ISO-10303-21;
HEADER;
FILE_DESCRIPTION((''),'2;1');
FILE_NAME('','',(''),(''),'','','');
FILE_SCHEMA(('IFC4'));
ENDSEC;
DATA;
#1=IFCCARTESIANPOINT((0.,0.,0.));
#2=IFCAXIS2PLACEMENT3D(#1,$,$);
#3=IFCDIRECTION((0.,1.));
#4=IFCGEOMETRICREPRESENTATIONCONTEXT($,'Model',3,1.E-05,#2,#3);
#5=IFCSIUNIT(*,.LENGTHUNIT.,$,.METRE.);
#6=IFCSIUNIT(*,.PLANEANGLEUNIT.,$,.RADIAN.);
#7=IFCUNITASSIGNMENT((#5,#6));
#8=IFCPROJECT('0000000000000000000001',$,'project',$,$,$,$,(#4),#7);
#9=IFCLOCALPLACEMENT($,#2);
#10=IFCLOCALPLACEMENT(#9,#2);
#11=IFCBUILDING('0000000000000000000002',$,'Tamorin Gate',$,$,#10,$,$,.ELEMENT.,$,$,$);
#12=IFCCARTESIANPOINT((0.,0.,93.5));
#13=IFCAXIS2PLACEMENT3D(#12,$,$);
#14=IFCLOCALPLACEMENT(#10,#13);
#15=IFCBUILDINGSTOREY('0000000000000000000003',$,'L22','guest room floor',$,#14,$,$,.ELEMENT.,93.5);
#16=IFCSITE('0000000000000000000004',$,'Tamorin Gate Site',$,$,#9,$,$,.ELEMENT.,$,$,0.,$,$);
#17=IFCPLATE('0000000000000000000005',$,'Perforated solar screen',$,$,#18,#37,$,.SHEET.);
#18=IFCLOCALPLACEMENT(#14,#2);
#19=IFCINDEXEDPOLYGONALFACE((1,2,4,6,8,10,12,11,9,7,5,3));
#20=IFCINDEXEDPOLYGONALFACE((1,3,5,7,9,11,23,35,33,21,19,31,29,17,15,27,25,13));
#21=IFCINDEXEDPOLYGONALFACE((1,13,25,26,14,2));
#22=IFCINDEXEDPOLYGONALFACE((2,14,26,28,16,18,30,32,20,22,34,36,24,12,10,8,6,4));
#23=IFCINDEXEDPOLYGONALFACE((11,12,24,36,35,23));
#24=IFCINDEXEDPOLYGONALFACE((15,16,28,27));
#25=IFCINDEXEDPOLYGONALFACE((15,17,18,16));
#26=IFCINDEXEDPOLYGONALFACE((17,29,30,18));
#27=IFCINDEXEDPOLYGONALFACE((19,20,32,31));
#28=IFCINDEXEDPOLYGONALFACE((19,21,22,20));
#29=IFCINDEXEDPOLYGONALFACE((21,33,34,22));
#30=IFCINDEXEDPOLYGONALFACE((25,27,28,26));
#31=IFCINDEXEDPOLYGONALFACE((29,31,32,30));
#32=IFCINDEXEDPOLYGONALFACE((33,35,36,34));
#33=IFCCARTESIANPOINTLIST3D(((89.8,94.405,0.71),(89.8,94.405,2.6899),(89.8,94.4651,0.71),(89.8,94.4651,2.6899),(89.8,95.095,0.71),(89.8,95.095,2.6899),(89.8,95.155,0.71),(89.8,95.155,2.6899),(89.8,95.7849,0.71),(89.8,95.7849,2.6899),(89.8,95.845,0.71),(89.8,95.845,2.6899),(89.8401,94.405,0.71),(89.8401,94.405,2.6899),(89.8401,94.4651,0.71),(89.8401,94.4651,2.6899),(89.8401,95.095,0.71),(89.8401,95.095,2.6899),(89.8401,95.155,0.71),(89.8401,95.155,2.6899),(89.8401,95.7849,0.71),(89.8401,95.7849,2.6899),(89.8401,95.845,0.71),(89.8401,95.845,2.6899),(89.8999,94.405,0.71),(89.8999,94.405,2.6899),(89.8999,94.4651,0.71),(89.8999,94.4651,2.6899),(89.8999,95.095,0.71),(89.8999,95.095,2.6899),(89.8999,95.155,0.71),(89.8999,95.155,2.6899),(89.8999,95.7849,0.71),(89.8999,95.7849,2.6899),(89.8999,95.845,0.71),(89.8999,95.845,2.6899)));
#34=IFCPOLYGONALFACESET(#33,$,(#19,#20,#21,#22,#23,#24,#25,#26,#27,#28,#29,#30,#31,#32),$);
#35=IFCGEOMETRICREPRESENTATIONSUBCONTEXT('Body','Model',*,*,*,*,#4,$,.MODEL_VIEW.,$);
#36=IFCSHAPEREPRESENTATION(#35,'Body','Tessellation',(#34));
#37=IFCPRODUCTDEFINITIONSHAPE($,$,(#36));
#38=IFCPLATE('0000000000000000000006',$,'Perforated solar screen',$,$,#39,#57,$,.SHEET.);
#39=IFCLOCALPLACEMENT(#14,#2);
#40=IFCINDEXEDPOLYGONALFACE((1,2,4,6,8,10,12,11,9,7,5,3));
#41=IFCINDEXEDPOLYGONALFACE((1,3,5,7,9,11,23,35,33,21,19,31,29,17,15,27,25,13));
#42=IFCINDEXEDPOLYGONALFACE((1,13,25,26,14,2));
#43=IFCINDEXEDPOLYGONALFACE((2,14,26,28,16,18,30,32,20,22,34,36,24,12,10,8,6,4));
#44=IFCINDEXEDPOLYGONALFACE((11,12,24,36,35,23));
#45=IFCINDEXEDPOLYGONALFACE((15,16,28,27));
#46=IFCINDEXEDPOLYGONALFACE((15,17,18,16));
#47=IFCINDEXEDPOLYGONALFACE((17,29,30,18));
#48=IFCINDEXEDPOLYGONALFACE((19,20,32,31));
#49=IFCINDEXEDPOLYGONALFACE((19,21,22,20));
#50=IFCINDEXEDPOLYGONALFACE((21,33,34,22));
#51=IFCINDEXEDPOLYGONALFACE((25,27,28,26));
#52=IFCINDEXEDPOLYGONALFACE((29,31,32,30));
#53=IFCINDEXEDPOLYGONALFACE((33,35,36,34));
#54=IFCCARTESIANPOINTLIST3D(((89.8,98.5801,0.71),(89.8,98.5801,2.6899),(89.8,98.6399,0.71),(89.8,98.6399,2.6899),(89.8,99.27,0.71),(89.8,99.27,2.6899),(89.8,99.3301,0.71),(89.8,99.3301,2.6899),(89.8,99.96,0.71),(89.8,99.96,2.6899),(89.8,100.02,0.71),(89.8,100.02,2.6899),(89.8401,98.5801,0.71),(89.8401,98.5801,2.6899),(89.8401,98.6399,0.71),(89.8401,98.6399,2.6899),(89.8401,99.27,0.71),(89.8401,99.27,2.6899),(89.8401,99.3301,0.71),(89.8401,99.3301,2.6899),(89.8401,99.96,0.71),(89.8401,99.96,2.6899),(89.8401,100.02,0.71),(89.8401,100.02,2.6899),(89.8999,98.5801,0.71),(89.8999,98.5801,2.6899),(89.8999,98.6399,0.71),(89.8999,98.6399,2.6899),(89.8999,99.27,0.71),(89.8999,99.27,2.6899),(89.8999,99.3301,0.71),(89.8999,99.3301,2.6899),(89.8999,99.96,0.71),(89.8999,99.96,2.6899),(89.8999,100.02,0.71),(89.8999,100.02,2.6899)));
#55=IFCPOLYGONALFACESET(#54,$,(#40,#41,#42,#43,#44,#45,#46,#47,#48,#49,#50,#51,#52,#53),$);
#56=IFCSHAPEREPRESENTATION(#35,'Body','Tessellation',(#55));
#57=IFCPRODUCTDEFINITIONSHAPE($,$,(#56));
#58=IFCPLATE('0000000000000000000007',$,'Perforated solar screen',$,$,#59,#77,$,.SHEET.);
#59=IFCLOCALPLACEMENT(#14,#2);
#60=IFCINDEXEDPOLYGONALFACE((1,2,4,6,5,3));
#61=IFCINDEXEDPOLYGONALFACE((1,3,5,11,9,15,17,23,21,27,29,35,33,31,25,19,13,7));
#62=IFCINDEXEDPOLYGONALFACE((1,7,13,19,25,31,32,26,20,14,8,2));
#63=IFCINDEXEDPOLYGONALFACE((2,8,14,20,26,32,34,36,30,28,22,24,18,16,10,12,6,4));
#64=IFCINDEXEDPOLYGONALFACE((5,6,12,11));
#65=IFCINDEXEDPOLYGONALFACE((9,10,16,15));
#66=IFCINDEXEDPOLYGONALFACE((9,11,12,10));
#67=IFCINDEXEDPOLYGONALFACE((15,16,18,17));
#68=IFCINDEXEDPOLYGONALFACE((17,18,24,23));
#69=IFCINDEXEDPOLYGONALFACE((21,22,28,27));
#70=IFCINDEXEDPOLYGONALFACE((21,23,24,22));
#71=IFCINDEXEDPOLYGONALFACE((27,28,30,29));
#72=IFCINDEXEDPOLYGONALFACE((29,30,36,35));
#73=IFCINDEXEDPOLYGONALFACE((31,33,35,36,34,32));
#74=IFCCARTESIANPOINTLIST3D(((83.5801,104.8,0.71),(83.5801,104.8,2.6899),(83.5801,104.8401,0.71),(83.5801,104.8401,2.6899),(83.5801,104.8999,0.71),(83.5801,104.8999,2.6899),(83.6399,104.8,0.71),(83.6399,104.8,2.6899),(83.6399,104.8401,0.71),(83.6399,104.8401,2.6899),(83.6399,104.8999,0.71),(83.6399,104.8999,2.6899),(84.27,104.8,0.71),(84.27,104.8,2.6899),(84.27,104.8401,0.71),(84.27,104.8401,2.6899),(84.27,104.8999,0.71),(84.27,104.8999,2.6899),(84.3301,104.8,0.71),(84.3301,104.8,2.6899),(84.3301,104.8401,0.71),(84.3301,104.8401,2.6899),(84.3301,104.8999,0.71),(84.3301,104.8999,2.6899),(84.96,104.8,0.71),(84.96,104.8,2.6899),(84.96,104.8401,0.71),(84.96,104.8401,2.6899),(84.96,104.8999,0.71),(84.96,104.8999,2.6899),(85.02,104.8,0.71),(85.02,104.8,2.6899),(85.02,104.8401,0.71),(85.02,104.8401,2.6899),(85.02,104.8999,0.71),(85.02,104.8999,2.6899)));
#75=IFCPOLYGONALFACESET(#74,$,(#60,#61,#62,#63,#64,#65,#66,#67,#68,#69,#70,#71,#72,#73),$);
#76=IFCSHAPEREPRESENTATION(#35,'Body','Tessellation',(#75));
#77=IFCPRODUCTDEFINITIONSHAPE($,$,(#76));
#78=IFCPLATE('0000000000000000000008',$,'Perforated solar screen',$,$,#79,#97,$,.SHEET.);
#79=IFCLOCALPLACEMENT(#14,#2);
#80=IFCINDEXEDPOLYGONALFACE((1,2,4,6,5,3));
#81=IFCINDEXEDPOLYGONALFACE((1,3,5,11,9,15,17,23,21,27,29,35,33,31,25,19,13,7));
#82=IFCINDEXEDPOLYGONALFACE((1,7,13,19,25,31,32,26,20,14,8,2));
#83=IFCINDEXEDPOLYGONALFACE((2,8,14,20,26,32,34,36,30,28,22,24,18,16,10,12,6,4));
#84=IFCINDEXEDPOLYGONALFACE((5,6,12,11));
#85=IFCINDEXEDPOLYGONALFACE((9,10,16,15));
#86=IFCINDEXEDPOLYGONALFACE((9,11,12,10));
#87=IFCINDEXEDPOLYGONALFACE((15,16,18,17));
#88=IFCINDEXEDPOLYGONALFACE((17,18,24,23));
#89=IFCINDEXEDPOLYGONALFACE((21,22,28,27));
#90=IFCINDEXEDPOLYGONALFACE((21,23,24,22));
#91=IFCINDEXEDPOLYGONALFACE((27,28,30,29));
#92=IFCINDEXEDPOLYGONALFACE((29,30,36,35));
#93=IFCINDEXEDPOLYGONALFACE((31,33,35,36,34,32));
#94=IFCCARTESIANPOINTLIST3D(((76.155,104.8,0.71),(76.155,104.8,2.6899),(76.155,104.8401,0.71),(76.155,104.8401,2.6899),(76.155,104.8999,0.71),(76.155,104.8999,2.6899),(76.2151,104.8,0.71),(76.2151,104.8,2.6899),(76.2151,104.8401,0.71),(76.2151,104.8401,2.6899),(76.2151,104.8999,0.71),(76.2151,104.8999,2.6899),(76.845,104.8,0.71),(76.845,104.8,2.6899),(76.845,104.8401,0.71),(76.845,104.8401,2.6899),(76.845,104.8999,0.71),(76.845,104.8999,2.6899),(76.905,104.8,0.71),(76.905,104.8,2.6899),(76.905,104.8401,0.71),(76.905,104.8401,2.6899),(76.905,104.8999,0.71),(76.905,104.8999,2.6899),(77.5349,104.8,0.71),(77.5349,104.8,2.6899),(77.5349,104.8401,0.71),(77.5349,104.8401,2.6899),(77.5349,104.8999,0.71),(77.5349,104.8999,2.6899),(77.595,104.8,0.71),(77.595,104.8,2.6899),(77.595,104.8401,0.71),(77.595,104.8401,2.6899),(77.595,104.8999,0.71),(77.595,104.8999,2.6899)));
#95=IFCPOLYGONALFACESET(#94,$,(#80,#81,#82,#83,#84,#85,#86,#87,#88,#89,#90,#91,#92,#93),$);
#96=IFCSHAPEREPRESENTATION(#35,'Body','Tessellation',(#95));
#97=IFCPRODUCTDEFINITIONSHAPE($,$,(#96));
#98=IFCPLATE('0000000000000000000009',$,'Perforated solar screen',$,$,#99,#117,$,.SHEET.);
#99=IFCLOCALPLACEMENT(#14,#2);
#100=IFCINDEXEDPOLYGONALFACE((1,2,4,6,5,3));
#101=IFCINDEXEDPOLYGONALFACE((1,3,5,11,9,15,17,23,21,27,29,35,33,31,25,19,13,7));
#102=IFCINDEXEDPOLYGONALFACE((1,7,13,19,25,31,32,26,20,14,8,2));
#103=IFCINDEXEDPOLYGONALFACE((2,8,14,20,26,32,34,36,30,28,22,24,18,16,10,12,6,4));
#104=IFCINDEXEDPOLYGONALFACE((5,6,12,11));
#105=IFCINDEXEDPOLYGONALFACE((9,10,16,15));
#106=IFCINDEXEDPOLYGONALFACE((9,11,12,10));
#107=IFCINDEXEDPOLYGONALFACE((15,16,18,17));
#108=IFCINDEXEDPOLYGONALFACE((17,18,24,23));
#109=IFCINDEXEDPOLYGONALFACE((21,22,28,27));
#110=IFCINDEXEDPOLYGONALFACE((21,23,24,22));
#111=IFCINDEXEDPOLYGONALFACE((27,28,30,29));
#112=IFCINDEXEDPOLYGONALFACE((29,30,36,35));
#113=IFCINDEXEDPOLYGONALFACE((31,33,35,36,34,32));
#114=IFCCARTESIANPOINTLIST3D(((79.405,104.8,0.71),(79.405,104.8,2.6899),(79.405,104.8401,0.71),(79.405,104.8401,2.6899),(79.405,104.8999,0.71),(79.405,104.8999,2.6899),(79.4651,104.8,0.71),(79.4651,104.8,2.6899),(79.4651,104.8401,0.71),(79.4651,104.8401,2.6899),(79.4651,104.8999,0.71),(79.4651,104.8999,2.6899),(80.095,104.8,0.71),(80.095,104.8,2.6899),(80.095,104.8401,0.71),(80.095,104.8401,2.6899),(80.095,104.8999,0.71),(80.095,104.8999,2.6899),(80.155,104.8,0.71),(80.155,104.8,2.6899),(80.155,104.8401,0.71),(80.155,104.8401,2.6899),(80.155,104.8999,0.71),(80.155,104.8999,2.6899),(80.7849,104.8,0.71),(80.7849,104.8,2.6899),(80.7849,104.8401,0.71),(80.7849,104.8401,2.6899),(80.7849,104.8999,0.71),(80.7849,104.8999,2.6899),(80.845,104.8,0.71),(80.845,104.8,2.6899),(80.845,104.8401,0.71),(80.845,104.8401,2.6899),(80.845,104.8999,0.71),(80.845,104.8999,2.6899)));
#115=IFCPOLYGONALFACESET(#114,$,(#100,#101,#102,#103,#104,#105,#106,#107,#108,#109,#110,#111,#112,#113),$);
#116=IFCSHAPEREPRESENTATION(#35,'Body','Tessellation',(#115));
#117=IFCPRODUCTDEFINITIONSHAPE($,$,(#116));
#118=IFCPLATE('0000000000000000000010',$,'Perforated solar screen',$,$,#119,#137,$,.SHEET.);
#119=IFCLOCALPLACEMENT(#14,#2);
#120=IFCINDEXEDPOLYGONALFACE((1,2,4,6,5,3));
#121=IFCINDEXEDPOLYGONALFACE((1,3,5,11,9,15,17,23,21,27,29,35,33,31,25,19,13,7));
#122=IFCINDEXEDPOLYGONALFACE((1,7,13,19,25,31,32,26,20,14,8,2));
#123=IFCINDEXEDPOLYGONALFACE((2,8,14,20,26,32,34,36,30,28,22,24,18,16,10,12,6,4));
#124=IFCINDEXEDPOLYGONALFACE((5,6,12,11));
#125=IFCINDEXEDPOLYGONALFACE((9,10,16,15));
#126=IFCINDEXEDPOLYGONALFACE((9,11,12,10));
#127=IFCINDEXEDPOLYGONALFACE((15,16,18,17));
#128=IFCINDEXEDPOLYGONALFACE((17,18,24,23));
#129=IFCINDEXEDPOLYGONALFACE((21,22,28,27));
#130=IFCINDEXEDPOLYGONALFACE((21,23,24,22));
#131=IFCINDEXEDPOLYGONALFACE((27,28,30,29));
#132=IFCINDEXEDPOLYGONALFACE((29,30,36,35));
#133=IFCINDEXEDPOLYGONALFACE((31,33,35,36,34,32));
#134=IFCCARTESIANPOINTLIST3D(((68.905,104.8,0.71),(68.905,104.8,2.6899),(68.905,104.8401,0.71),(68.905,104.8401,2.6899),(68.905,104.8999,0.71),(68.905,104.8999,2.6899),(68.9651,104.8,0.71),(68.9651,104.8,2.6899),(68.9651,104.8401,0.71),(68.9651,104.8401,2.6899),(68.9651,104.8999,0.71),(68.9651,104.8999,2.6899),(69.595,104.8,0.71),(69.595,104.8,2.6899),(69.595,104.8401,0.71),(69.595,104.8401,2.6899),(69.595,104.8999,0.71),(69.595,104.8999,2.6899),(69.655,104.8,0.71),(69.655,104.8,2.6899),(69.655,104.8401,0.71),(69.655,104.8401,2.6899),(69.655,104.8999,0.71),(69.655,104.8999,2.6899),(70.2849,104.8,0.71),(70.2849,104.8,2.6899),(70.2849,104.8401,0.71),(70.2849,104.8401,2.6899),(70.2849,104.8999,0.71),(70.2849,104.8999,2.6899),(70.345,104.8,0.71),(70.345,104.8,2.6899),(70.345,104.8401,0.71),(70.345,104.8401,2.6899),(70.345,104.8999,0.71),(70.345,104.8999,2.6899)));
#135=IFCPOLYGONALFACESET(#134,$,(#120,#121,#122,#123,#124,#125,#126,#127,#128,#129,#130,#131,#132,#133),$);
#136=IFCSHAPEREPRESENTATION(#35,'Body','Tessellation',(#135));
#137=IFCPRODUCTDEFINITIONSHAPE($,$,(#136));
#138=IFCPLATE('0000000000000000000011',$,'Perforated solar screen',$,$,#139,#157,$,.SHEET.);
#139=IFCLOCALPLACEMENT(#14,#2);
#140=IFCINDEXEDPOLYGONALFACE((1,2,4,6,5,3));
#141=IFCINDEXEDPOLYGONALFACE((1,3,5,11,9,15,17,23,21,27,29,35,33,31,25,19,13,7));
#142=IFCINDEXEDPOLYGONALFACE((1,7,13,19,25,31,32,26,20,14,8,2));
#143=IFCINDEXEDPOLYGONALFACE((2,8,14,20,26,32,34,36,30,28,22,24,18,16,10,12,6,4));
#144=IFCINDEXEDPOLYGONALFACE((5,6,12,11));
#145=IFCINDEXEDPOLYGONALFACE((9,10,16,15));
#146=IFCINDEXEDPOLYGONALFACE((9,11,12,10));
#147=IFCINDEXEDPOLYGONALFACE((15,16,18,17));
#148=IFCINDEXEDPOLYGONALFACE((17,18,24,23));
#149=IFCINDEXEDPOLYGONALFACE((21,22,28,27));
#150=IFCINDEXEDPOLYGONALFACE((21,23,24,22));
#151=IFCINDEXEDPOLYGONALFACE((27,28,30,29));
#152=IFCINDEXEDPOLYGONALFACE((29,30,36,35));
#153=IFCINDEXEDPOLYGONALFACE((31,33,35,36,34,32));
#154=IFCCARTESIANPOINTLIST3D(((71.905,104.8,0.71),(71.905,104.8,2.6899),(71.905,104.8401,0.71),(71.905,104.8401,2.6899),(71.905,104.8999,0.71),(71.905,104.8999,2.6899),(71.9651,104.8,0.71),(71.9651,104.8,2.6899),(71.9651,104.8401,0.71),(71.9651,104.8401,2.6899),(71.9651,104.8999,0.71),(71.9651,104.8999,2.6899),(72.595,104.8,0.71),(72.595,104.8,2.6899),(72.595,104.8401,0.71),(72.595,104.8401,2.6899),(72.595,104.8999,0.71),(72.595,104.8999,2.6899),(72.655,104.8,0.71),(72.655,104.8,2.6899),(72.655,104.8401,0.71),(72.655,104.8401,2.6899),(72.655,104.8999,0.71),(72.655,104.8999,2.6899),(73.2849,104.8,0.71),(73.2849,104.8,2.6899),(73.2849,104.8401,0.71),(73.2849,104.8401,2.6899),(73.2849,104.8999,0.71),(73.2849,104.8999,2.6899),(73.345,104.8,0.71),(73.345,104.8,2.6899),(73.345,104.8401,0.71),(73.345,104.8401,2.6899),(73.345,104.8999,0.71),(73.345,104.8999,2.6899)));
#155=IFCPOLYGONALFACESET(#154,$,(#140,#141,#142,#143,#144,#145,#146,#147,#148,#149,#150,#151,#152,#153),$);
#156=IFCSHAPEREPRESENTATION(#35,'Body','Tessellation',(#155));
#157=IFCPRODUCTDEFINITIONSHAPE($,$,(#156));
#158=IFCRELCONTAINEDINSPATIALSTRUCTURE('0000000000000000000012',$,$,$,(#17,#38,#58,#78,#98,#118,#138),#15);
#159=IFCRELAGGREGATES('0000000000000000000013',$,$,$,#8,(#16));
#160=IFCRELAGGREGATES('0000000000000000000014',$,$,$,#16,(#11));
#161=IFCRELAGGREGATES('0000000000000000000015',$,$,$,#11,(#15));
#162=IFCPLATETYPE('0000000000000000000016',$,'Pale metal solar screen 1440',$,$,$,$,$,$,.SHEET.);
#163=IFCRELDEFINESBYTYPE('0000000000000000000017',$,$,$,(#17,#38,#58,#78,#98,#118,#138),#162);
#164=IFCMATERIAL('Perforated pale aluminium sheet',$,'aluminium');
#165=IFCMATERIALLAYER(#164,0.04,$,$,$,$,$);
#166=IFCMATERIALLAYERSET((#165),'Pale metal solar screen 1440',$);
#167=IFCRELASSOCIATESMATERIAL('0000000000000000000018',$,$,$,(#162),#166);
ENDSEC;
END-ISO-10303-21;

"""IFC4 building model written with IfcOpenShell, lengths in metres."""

from ifc_helpers import new_model, si_unit, direction, frame, origin, place, context, subcontext, project, spatial, polyline, outline, extrude, material, layer, layer_set, type_object, element, save


model = new_model("IFC4")

# Units and contexts
model_context = context("Model", 3, precision=1e-05, world=origin(), true_north=direction((0.0, 1.0)))
body_context = subcontext(model_context, "Body", "Model", "MODEL_VIEW")
ifc_project = project(units=[si_unit("LENGTHUNIT", "METRE"), si_unit("PLANEANGLEUNIT", "RADIAN")], contexts=[model_context])

# Site, building, storey
site_placement = place(None, origin())
site = spatial("IfcSite", under=ifc_project, at=site_placement, Name="Tamorin Gate Site", CompositionType="ELEMENT", RefElevation=0.0)
building_placement = place(site_placement, origin())
building = spatial("IfcBuilding", under=site, at=building_placement, Name="Tamorin Gate", CompositionType="ELEMENT")
storey_placement = place(building_placement, frame((0.0, 0.0, 93.5)))
storey = spatial("IfcBuildingStorey", under=building, at=storey_placement, Name="L22", Description="guest room floor", CompositionType="ELEMENT", Elevation=93.5)

# Plates
ifc_material = material(Name="Perforated pale aluminium sheet", Category="aluminium")
ifc_layer = layer(ifc_material, 0.04)
ifc_layer_set = layer_set([ifc_layer], Name="Pale metal solar screen 1440")
plate_type = type_object("IfcPlateType", Name="Pale metal solar screen 1440", PredefinedType="SHEET", material=ifc_layer_set)
plate_1_placement = place(storey_placement, frame((0.0, 0.0, 0.71)))
element("IfcPlate", 1, at=plate_1_placement, inside=storey, type_object=plate_type, Name="Perforated solar screen", PredefinedType="SHEET", context=body_context, shape_type="SweptSolid", body=[
    extrude(outline(polyline([(89.8401, 94.405), (89.8, 94.405), (89.8, 94.4651), (89.8, 95.095), (89.8, 95.155), (89.8, 95.7849), (89.8, 95.845), (89.8401, 95.845), (89.8999, 95.845), (89.8999, 95.7849), (89.8401, 95.7849), (89.8401, 95.155), (89.8999, 95.155), (89.8999, 95.095), (89.8401, 95.095), (89.8401, 94.4651), (89.8999, 94.4651), (89.8999, 94.405), (89.8401, 94.405)])), origin(), (0.0, 0.0, 1.0), 1.98),
])
plate_2_placement = place(storey_placement, frame((0.0, 0.0, 0.71)))
element("IfcPlate", 2, at=plate_2_placement, inside=storey, type_object=plate_type, Name="Perforated solar screen", PredefinedType="SHEET", context=body_context, shape_type="SweptSolid", body=[
    extrude(outline(polyline([(89.8401, 98.5801), (89.8, 98.5801), (89.8, 98.6399), (89.8, 99.27), (89.8, 99.3301), (89.8, 99.96), (89.8, 100.02), (89.8401, 100.02), (89.8999, 100.02), (89.8999, 99.96), (89.8401, 99.96), (89.8401, 99.3301), (89.8999, 99.3301), (89.8999, 99.27), (89.8401, 99.27), (89.8401, 98.6399), (89.8999, 98.6399), (89.8999, 98.5801), (89.8401, 98.5801)])), origin(), (0.0, 0.0, 1.0), 1.98),
])
plate_3_placement = place(storey_placement, frame((0.0, 0.0, 0.71)))
element("IfcPlate", 3, at=plate_3_placement, inside=storey, type_object=plate_type, Name="Perforated solar screen", PredefinedType="SHEET", context=body_context, shape_type="SweptSolid", body=[
    extrude(outline(polyline([(85.02, 104.8401), (85.02, 104.8), (84.96, 104.8), (84.3301, 104.8), (84.27, 104.8), (83.6399, 104.8), (83.5801, 104.8), (83.5801, 104.8401), (83.5801, 104.8999), (83.6399, 104.8999), (83.6399, 104.8401), (84.27, 104.8401), (84.27, 104.8999), (84.3301, 104.8999), (84.3301, 104.8401), (84.96, 104.8401), (84.96, 104.8999), (85.02, 104.8999), (85.02, 104.8401)])), origin(), (0.0, 0.0, 1.0), 1.98),
])
plate_4_placement = place(storey_placement, frame((0.0, 0.0, 0.71)))
element("IfcPlate", 4, at=plate_4_placement, inside=storey, type_object=plate_type, Name="Perforated solar screen", PredefinedType="SHEET", context=body_context, shape_type="SweptSolid", body=[
    extrude(outline(polyline([(77.595, 104.8401), (77.595, 104.8), (77.5349, 104.8), (76.905, 104.8), (76.845, 104.8), (76.2151, 104.8), (76.155, 104.8), (76.155, 104.8401), (76.155, 104.8999), (76.2151, 104.8999), (76.2151, 104.8401), (76.845, 104.8401), (76.845, 104.8999), (76.905, 104.8999), (76.905, 104.8401), (77.5349, 104.8401), (77.5349, 104.8999), (77.595, 104.8999), (77.595, 104.8401)])), origin(), (0.0, 0.0, 1.0), 1.98),
])
plate_5_placement = place(storey_placement, frame((0.0, 0.0, 0.71)))
element("IfcPlate", 5, at=plate_5_placement, inside=storey, type_object=plate_type, Name="Perforated solar screen", PredefinedType="SHEET", context=body_context, shape_type="SweptSolid", body=[
    extrude(outline(polyline([(80.845, 104.8401), (80.845, 104.8), (80.7849, 104.8), (80.155, 104.8), (80.095, 104.8), (79.4651, 104.8), (79.405, 104.8), (79.405, 104.8), (79.405, 104.8401), (79.405, 104.8401), (79.405, 104.8999), (79.4651, 104.8999), (79.4651, 104.8401), (80.095, 104.8401), (80.095, 104.8999), (80.155, 104.8999), (80.155, 104.8401), (80.7849, 104.8401), (80.7849, 104.8999), (80.845, 104.8999), (80.845, 104.8401)])), origin(), (0.0, 0.0, 1.0), 1.98),
])
plate_6_placement = place(storey_placement, frame((0.0, 0.0, 0.71)))
element("IfcPlate", 6, at=plate_6_placement, inside=storey, type_object=plate_type, Name="Perforated solar screen", PredefinedType="SHEET", context=body_context, shape_type="SweptSolid", body=[
    extrude(outline(polyline([(70.345, 104.8401), (70.345, 104.8), (70.2849, 104.8), (69.655, 104.8), (69.595, 104.8), (68.9651, 104.8), (68.905, 104.8), (68.905, 104.8401), (68.905, 104.8999), (68.9651, 104.8999), (68.9651, 104.8401), (69.595, 104.8401), (69.595, 104.8999), (69.655, 104.8999), (69.655, 104.8401), (70.2849, 104.8401), (70.2849, 104.8999), (70.345, 104.8999), (70.345, 104.8401)])), origin(), (0.0, 0.0, 1.0), 1.98),
])
plate_7_placement = place(storey_placement, frame((0.0, 0.0, 0.71)))
element("IfcPlate", 7, at=plate_7_placement, inside=storey, type_object=plate_type, Name="Perforated solar screen", PredefinedType="SHEET", context=body_context, shape_type="SweptSolid", body=[
    extrude(outline(polyline([(73.345, 104.8401), (73.345, 104.8), (73.2849, 104.8), (72.655, 104.8), (72.595, 104.8), (71.9651, 104.8), (71.905, 104.8), (71.905, 104.8401), (71.905, 104.8999), (71.9651, 104.8999), (71.9651, 104.8401), (72.595, 104.8401), (72.595, 104.8999), (72.655, 104.8999), (72.655, 104.8401), (73.2849, 104.8401), (73.2849, 104.8999), (73.345, 104.8999), (73.345, 104.8401)])), origin(), (0.0, 0.0, 1.0), 1.98),
])

save(model, "model.ifc")
